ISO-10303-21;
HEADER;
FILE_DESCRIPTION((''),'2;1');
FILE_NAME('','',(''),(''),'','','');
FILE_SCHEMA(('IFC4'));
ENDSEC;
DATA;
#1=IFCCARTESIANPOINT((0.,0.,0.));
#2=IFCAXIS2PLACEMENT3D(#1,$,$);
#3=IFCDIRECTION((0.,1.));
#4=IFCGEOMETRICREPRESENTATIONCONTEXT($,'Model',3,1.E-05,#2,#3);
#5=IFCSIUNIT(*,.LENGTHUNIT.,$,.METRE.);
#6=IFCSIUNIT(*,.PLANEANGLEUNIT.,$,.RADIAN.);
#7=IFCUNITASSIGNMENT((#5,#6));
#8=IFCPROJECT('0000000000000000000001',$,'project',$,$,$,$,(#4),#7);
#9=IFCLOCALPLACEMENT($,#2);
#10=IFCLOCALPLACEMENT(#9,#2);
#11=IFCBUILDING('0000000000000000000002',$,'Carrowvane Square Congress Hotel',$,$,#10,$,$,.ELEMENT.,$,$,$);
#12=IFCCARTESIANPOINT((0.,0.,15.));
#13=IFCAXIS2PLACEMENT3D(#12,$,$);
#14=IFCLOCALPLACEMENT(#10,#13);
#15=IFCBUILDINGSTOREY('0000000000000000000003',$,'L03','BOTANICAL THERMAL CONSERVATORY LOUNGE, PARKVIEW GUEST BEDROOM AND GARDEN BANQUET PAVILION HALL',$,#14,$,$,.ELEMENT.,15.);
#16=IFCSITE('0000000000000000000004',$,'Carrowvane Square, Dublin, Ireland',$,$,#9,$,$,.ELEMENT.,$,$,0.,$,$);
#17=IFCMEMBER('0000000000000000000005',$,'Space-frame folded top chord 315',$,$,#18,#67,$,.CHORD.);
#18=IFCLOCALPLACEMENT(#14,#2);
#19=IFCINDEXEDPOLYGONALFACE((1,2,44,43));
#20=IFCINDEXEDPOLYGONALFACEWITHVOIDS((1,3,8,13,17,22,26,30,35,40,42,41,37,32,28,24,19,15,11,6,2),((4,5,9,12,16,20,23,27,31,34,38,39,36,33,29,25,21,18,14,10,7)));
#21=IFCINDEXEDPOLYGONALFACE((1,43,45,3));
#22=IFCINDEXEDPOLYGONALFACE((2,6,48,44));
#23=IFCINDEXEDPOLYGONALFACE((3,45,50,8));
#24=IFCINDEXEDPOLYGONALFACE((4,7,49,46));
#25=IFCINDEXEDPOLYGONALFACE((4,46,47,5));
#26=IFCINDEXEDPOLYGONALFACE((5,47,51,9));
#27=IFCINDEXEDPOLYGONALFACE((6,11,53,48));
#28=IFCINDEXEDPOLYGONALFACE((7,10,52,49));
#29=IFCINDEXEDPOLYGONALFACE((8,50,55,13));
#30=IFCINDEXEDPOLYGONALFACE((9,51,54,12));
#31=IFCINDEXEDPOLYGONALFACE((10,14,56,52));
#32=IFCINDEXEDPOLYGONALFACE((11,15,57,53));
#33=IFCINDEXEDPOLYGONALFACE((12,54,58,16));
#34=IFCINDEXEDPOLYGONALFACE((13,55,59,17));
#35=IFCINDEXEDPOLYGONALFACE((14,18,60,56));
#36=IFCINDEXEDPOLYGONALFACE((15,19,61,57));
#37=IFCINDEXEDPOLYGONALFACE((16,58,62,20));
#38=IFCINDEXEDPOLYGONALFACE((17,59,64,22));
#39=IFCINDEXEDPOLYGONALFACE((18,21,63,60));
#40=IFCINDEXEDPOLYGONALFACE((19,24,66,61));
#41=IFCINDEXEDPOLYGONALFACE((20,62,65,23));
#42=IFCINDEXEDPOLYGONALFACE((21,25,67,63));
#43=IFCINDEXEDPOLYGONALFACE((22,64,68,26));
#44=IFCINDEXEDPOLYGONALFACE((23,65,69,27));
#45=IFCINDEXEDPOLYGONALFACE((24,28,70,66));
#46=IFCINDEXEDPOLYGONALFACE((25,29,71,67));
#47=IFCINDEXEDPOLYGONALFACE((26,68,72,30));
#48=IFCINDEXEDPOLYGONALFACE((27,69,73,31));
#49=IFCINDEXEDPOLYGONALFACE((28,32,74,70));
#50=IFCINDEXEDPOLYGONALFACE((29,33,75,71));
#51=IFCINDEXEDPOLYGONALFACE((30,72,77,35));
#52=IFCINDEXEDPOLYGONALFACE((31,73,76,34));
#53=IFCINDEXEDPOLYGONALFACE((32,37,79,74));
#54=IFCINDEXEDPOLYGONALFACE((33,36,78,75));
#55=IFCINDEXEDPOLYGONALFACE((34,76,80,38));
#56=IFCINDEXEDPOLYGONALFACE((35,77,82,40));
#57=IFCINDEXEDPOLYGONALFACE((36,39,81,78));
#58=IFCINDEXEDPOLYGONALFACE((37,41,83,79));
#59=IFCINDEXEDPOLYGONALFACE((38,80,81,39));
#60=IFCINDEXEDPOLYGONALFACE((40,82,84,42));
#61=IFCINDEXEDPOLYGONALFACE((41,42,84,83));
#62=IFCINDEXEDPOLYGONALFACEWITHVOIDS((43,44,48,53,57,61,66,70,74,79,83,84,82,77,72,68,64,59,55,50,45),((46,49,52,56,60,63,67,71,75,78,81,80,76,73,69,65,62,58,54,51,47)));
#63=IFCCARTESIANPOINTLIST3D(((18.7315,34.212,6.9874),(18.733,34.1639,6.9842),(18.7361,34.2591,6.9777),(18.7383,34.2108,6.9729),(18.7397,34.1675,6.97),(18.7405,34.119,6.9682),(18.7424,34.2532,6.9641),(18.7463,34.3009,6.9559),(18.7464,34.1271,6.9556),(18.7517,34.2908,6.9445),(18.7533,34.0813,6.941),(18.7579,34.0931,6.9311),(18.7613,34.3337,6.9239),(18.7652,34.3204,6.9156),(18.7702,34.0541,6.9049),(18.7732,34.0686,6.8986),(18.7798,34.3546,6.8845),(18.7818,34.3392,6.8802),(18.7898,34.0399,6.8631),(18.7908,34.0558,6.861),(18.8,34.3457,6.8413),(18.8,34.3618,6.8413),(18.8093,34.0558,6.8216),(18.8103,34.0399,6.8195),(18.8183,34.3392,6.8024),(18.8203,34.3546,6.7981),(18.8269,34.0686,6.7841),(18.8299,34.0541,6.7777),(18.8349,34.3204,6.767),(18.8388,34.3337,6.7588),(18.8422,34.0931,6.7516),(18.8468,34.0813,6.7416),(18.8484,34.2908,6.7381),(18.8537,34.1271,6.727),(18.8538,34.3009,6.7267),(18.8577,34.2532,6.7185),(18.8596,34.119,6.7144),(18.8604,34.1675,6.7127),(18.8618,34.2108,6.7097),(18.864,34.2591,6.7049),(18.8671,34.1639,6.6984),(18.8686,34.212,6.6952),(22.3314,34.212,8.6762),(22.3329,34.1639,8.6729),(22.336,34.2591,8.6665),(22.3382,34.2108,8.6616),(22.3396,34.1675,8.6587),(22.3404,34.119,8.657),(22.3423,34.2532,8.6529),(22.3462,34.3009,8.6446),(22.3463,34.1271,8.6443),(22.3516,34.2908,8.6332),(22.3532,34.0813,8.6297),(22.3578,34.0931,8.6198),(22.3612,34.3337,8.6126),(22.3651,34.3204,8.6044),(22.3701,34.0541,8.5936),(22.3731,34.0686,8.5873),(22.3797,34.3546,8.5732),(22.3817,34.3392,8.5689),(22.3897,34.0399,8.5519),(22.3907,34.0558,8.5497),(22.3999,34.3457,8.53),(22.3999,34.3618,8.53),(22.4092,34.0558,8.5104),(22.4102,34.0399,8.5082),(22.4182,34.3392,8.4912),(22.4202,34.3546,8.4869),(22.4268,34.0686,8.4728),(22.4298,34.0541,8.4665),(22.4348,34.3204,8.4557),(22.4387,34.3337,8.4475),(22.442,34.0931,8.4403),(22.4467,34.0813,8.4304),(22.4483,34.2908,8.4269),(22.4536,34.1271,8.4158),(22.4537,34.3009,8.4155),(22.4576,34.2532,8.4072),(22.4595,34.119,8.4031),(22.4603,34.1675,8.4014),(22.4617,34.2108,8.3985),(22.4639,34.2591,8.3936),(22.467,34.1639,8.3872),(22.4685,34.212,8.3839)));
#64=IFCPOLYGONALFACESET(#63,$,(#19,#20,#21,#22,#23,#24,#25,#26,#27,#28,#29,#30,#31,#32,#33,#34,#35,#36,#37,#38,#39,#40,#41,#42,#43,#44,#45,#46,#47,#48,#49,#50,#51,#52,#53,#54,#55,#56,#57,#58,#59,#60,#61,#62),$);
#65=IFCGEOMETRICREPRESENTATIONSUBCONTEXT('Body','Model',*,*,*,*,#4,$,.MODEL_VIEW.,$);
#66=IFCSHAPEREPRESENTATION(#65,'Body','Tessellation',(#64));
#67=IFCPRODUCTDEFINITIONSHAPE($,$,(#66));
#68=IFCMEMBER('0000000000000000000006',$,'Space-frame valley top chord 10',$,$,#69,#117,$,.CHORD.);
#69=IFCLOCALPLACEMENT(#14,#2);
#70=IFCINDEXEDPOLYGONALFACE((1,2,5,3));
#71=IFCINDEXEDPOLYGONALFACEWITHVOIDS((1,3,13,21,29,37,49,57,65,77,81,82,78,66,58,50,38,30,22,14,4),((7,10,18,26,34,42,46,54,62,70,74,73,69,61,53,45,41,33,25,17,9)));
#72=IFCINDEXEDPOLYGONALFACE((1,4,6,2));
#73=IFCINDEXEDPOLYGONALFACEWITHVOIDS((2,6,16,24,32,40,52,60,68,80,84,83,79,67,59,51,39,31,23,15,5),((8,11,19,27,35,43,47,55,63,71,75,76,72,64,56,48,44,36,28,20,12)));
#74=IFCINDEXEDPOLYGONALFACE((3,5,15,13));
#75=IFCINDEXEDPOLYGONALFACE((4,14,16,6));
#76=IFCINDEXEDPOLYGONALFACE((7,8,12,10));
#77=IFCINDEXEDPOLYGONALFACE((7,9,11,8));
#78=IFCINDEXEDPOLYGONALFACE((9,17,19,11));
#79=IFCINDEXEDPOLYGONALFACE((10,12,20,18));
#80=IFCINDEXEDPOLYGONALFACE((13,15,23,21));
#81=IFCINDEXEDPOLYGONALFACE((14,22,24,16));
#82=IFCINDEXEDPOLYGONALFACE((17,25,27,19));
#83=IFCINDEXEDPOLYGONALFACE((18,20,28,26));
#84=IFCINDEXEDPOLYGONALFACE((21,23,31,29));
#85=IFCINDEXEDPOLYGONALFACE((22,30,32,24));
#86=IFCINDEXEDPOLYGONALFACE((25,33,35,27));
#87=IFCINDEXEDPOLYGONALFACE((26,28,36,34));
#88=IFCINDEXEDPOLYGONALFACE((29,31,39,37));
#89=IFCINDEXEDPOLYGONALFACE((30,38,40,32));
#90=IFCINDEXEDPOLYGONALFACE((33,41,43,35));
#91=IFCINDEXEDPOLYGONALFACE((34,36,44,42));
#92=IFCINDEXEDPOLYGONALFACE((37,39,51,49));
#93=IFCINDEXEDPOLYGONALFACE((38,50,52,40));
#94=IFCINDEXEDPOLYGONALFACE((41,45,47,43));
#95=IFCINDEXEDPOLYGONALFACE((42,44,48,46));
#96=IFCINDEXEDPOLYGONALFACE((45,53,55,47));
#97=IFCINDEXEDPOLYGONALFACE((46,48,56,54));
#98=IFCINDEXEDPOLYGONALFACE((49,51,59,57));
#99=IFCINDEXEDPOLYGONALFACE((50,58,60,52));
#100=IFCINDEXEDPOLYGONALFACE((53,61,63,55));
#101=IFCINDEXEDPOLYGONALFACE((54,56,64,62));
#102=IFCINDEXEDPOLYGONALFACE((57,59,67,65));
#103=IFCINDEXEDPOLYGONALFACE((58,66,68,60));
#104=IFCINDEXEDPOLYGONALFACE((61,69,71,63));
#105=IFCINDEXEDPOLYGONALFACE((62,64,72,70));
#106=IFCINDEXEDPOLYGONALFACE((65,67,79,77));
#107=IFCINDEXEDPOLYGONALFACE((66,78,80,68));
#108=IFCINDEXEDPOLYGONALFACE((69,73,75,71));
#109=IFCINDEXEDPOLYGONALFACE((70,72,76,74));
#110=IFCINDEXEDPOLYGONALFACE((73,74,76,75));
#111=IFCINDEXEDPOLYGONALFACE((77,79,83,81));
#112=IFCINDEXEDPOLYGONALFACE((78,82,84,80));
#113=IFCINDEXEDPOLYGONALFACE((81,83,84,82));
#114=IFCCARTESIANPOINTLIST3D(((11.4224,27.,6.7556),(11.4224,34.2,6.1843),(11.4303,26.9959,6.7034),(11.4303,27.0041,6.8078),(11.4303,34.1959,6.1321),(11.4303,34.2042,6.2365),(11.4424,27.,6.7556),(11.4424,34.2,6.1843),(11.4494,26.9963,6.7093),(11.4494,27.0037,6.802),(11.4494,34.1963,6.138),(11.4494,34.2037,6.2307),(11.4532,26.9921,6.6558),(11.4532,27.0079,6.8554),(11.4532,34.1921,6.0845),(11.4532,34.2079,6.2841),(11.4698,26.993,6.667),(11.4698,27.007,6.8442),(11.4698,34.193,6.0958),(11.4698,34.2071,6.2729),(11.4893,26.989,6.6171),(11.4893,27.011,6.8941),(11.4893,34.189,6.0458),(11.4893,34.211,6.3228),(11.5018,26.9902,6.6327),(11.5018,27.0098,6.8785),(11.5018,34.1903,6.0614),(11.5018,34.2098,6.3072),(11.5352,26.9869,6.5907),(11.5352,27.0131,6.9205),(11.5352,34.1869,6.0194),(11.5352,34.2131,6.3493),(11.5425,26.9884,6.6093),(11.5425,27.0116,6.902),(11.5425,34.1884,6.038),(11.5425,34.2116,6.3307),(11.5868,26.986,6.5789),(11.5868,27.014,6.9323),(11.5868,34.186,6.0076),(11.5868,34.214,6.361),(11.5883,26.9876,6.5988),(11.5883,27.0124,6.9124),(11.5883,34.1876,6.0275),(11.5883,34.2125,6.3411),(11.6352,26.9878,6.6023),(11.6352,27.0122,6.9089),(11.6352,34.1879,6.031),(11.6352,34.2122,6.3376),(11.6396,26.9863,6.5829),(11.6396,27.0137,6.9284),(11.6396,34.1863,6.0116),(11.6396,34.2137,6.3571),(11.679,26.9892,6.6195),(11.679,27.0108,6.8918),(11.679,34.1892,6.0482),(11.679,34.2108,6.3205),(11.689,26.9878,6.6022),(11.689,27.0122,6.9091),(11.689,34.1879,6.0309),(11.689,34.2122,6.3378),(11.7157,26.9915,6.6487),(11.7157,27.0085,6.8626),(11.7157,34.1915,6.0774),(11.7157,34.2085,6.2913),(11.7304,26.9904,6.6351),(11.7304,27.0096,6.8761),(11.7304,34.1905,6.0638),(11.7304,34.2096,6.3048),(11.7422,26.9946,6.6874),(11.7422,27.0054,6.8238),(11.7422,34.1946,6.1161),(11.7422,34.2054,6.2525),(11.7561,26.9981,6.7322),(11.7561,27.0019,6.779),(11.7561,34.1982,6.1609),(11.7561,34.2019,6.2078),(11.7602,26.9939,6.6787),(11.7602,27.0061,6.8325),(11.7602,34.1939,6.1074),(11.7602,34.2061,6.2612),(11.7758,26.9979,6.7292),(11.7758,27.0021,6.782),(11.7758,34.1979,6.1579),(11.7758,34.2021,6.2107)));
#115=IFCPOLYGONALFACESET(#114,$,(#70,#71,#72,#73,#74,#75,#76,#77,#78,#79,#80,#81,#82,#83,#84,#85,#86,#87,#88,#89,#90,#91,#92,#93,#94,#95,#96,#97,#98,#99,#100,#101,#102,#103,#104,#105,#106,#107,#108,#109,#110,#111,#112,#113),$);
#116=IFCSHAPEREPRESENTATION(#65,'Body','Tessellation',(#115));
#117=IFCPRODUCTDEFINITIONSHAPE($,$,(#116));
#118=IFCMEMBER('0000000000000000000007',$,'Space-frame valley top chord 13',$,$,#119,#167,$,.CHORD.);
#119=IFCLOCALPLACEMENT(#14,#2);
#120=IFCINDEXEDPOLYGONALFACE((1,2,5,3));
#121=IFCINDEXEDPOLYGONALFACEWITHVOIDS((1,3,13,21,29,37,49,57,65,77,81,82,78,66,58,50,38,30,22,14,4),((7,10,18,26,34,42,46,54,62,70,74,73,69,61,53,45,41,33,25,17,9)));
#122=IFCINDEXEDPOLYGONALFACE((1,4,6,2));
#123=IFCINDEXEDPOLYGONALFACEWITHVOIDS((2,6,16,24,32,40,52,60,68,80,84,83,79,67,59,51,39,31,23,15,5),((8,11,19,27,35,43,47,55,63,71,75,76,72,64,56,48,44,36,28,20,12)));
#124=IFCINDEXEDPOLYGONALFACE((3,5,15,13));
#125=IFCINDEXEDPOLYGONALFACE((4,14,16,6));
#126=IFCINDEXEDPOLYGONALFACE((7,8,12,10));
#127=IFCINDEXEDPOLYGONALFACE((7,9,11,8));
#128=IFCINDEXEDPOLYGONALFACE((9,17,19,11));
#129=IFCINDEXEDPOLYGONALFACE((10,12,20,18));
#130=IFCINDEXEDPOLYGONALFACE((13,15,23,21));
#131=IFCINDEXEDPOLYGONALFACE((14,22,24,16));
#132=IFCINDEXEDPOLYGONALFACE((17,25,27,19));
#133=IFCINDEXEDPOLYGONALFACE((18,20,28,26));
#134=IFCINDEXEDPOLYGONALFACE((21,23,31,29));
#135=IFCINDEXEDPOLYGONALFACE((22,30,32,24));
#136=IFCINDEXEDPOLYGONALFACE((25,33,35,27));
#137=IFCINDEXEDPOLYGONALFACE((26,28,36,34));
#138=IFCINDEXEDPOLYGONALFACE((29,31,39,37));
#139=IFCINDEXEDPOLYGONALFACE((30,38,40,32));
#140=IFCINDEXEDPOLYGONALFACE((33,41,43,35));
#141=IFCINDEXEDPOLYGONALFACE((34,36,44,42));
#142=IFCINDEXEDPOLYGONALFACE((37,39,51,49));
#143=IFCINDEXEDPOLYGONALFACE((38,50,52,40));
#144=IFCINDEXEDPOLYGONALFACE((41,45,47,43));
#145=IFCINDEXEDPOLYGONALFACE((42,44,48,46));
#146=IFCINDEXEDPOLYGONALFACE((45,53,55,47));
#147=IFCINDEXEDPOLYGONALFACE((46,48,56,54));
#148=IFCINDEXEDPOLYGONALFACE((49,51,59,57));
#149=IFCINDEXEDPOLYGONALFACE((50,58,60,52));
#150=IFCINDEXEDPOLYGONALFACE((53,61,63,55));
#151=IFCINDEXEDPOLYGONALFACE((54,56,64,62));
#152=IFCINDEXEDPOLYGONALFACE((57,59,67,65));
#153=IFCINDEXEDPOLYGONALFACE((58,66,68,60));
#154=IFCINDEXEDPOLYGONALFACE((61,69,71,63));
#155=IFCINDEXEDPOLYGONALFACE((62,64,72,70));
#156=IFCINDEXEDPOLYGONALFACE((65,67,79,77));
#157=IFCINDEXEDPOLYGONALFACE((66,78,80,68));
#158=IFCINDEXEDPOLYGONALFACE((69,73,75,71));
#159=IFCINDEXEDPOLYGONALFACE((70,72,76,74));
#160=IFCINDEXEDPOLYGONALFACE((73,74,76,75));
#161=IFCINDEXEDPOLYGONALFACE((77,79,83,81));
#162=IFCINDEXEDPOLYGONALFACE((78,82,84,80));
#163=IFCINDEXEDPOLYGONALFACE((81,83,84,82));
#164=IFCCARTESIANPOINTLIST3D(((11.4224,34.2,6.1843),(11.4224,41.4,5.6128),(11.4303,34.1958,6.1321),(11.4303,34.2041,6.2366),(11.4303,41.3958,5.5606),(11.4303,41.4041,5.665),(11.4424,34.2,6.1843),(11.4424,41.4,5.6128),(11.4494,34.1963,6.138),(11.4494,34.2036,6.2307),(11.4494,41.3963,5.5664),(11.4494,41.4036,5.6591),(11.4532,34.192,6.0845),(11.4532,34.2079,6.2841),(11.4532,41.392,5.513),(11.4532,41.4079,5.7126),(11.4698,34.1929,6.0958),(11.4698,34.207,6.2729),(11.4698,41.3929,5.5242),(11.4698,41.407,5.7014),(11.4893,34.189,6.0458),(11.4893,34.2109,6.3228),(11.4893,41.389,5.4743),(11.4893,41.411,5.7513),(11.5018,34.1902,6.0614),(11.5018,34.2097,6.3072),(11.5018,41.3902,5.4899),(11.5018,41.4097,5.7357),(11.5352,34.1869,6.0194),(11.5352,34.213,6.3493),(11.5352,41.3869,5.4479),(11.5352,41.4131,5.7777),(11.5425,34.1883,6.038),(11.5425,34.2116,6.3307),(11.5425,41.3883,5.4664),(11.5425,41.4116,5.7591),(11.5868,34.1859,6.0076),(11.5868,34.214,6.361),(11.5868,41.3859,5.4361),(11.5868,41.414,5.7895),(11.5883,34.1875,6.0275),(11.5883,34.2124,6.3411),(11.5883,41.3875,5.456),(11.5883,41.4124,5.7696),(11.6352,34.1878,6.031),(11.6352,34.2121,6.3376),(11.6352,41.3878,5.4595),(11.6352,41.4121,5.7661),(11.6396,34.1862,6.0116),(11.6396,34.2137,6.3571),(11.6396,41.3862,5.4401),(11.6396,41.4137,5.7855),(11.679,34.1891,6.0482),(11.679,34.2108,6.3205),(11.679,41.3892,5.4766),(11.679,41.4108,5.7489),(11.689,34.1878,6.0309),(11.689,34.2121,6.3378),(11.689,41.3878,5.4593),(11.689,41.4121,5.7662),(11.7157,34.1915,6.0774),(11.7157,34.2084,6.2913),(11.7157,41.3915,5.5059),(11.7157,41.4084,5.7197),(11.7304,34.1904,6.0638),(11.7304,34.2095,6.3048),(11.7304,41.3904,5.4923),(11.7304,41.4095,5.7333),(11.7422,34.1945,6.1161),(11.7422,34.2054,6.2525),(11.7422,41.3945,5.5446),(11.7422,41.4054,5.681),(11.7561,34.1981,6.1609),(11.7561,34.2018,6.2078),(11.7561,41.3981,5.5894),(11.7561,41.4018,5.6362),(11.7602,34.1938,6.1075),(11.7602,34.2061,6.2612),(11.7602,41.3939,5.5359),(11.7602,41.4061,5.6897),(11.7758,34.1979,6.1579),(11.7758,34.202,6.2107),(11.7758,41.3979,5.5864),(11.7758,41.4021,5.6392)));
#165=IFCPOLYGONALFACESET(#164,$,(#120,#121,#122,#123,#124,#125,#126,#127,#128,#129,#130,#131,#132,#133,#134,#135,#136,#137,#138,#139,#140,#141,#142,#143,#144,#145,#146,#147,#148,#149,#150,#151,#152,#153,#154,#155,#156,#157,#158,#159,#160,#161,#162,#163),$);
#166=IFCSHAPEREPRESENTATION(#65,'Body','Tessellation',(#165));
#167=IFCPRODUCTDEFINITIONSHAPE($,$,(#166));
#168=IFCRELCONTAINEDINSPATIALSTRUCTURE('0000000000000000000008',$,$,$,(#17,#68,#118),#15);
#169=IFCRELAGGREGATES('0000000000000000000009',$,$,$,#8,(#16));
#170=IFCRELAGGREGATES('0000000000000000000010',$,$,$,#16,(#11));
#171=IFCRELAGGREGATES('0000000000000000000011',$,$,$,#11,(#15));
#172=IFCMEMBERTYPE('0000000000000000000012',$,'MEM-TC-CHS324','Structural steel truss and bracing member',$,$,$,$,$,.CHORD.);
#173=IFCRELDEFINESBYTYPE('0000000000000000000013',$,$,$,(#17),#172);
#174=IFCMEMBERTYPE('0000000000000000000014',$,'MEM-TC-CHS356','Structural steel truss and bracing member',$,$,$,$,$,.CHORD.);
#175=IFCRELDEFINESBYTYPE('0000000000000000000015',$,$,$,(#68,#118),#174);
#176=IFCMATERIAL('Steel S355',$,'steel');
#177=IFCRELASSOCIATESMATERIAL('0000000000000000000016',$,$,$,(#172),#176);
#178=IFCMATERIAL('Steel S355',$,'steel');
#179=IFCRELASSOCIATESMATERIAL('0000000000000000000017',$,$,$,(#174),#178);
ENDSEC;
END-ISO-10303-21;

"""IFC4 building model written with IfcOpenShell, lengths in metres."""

from ifc_helpers import new_model, si_unit, direction, frame, origin, origin_2d, place, context, subcontext, project, spatial, hollow_circle, extrude, material, material_profile, profile_set, type_object, element, save


model = new_model("IFC4")

# Units and contexts
model_context = context("Model", 3, precision=1e-05, world=origin(), true_north=direction((0.0, 1.0)))
body_context = subcontext(model_context, "Body", "Model", "MODEL_VIEW")
ifc_project = project(units=[si_unit("LENGTHUNIT", "METRE"), si_unit("PLANEANGLEUNIT", "RADIAN")], contexts=[model_context])

# Site, building, storey
site_placement = place(None, origin())
site = spatial("IfcSite", under=ifc_project, at=site_placement, Name="Carrowvane Square, Dublin, Ireland", CompositionType="ELEMENT", RefElevation=0.0)
building_placement = place(site_placement, origin())
building = spatial("IfcBuilding", under=site, at=building_placement, Name="Carrowvane Square Congress Hotel", CompositionType="ELEMENT")
storey_placement = place(building_placement, frame((0.0, 0.0, 15.0)))
storey = spatial("IfcBuildingStorey", under=building, at=storey_placement, Name="L03", Description="BOTANICAL THERMAL CONSERVATORY LOUNGE, PARKVIEW GUEST BEDROOM AND GARDEN BANQUET PAVILION HALL", CompositionType="ELEMENT", Elevation=15.0)

# Members
ifc_material_1 = material(Name="Steel S355", Category="steel")
ifc_material_profile_1 = material_profile(ifc_material_1, hollow_circle(Radius=0.1619, WallThickness=0.0161, at=origin_2d()), Name="CHS 323.9x16")
ifc_profile_set_1 = profile_set([ifc_material_profile_1], Name="Steel S355")
member_type_1 = type_object("IfcMemberType", Name="MEM-TC-CHS324", Description="Structural steel truss and bracing member", PredefinedType="CHORD", material=ifc_profile_set_1)
member_1_placement = place(storey_placement, frame((18.8, 34.2, 6.8413), z_axis=(0.905334, 0.0, 0.4247), x_axis=(0.0, 1.0, 0.0)))
element("IfcMember", 1, at=member_1_placement, inside=storey, type_object=member_type_1, Name="Space-frame folded top chord 315", PredefinedType="CHORD", context=body_context, shape_type="SweptSolid", body=[
    extrude(hollow_circle(Radius=0.1619, WallThickness=0.0161, at=origin_2d()), origin(), (0.0, 0.0, 1.0), 3.9763),
])
ifc_material_2 = material(Name="Steel S355", Category="steel")
ifc_material_profile_2 = material_profile(ifc_material_2, hollow_circle(Radius=0.1777, WallThickness=0.02, at=origin_2d()), Name="CHS 355.6x20")
ifc_profile_set_2 = profile_set([ifc_material_profile_2], Name="Steel S355")
member_type_2 = type_object("IfcMemberType", Name="MEM-TC-CHS356", Description="Structural steel truss and bracing member", PredefinedType="CHORD", material=ifc_profile_set_2)
for number, where, z_axis, x_axis, name in (
    (2, (11.6001, 27.0, 6.7556), (0.0, 0.996867, -0.079098), (-1.0, 0.0, 0.0), "Space-frame valley top chord 10"),
    (3, (11.6001, 34.2, 6.1843), (0.0, 0.996864, -0.079131), (-1.0, 0.0, 0.0), "Space-frame valley top chord 13"),
):
    element("IfcMember", number, at=place(storey_placement, frame(where, z_axis=z_axis, x_axis=x_axis)), inside=storey, type_object=member_type_2, Name=name, PredefinedType="CHORD", context=body_context, shape_type="SweptSolid", body=[
        extrude(hollow_circle(Radius=0.1777, WallThickness=0.02, at=origin_2d()), origin(), (0.0, 0.0, 1.0), 7.2227),
    ])

save(model, "model.ifc")
